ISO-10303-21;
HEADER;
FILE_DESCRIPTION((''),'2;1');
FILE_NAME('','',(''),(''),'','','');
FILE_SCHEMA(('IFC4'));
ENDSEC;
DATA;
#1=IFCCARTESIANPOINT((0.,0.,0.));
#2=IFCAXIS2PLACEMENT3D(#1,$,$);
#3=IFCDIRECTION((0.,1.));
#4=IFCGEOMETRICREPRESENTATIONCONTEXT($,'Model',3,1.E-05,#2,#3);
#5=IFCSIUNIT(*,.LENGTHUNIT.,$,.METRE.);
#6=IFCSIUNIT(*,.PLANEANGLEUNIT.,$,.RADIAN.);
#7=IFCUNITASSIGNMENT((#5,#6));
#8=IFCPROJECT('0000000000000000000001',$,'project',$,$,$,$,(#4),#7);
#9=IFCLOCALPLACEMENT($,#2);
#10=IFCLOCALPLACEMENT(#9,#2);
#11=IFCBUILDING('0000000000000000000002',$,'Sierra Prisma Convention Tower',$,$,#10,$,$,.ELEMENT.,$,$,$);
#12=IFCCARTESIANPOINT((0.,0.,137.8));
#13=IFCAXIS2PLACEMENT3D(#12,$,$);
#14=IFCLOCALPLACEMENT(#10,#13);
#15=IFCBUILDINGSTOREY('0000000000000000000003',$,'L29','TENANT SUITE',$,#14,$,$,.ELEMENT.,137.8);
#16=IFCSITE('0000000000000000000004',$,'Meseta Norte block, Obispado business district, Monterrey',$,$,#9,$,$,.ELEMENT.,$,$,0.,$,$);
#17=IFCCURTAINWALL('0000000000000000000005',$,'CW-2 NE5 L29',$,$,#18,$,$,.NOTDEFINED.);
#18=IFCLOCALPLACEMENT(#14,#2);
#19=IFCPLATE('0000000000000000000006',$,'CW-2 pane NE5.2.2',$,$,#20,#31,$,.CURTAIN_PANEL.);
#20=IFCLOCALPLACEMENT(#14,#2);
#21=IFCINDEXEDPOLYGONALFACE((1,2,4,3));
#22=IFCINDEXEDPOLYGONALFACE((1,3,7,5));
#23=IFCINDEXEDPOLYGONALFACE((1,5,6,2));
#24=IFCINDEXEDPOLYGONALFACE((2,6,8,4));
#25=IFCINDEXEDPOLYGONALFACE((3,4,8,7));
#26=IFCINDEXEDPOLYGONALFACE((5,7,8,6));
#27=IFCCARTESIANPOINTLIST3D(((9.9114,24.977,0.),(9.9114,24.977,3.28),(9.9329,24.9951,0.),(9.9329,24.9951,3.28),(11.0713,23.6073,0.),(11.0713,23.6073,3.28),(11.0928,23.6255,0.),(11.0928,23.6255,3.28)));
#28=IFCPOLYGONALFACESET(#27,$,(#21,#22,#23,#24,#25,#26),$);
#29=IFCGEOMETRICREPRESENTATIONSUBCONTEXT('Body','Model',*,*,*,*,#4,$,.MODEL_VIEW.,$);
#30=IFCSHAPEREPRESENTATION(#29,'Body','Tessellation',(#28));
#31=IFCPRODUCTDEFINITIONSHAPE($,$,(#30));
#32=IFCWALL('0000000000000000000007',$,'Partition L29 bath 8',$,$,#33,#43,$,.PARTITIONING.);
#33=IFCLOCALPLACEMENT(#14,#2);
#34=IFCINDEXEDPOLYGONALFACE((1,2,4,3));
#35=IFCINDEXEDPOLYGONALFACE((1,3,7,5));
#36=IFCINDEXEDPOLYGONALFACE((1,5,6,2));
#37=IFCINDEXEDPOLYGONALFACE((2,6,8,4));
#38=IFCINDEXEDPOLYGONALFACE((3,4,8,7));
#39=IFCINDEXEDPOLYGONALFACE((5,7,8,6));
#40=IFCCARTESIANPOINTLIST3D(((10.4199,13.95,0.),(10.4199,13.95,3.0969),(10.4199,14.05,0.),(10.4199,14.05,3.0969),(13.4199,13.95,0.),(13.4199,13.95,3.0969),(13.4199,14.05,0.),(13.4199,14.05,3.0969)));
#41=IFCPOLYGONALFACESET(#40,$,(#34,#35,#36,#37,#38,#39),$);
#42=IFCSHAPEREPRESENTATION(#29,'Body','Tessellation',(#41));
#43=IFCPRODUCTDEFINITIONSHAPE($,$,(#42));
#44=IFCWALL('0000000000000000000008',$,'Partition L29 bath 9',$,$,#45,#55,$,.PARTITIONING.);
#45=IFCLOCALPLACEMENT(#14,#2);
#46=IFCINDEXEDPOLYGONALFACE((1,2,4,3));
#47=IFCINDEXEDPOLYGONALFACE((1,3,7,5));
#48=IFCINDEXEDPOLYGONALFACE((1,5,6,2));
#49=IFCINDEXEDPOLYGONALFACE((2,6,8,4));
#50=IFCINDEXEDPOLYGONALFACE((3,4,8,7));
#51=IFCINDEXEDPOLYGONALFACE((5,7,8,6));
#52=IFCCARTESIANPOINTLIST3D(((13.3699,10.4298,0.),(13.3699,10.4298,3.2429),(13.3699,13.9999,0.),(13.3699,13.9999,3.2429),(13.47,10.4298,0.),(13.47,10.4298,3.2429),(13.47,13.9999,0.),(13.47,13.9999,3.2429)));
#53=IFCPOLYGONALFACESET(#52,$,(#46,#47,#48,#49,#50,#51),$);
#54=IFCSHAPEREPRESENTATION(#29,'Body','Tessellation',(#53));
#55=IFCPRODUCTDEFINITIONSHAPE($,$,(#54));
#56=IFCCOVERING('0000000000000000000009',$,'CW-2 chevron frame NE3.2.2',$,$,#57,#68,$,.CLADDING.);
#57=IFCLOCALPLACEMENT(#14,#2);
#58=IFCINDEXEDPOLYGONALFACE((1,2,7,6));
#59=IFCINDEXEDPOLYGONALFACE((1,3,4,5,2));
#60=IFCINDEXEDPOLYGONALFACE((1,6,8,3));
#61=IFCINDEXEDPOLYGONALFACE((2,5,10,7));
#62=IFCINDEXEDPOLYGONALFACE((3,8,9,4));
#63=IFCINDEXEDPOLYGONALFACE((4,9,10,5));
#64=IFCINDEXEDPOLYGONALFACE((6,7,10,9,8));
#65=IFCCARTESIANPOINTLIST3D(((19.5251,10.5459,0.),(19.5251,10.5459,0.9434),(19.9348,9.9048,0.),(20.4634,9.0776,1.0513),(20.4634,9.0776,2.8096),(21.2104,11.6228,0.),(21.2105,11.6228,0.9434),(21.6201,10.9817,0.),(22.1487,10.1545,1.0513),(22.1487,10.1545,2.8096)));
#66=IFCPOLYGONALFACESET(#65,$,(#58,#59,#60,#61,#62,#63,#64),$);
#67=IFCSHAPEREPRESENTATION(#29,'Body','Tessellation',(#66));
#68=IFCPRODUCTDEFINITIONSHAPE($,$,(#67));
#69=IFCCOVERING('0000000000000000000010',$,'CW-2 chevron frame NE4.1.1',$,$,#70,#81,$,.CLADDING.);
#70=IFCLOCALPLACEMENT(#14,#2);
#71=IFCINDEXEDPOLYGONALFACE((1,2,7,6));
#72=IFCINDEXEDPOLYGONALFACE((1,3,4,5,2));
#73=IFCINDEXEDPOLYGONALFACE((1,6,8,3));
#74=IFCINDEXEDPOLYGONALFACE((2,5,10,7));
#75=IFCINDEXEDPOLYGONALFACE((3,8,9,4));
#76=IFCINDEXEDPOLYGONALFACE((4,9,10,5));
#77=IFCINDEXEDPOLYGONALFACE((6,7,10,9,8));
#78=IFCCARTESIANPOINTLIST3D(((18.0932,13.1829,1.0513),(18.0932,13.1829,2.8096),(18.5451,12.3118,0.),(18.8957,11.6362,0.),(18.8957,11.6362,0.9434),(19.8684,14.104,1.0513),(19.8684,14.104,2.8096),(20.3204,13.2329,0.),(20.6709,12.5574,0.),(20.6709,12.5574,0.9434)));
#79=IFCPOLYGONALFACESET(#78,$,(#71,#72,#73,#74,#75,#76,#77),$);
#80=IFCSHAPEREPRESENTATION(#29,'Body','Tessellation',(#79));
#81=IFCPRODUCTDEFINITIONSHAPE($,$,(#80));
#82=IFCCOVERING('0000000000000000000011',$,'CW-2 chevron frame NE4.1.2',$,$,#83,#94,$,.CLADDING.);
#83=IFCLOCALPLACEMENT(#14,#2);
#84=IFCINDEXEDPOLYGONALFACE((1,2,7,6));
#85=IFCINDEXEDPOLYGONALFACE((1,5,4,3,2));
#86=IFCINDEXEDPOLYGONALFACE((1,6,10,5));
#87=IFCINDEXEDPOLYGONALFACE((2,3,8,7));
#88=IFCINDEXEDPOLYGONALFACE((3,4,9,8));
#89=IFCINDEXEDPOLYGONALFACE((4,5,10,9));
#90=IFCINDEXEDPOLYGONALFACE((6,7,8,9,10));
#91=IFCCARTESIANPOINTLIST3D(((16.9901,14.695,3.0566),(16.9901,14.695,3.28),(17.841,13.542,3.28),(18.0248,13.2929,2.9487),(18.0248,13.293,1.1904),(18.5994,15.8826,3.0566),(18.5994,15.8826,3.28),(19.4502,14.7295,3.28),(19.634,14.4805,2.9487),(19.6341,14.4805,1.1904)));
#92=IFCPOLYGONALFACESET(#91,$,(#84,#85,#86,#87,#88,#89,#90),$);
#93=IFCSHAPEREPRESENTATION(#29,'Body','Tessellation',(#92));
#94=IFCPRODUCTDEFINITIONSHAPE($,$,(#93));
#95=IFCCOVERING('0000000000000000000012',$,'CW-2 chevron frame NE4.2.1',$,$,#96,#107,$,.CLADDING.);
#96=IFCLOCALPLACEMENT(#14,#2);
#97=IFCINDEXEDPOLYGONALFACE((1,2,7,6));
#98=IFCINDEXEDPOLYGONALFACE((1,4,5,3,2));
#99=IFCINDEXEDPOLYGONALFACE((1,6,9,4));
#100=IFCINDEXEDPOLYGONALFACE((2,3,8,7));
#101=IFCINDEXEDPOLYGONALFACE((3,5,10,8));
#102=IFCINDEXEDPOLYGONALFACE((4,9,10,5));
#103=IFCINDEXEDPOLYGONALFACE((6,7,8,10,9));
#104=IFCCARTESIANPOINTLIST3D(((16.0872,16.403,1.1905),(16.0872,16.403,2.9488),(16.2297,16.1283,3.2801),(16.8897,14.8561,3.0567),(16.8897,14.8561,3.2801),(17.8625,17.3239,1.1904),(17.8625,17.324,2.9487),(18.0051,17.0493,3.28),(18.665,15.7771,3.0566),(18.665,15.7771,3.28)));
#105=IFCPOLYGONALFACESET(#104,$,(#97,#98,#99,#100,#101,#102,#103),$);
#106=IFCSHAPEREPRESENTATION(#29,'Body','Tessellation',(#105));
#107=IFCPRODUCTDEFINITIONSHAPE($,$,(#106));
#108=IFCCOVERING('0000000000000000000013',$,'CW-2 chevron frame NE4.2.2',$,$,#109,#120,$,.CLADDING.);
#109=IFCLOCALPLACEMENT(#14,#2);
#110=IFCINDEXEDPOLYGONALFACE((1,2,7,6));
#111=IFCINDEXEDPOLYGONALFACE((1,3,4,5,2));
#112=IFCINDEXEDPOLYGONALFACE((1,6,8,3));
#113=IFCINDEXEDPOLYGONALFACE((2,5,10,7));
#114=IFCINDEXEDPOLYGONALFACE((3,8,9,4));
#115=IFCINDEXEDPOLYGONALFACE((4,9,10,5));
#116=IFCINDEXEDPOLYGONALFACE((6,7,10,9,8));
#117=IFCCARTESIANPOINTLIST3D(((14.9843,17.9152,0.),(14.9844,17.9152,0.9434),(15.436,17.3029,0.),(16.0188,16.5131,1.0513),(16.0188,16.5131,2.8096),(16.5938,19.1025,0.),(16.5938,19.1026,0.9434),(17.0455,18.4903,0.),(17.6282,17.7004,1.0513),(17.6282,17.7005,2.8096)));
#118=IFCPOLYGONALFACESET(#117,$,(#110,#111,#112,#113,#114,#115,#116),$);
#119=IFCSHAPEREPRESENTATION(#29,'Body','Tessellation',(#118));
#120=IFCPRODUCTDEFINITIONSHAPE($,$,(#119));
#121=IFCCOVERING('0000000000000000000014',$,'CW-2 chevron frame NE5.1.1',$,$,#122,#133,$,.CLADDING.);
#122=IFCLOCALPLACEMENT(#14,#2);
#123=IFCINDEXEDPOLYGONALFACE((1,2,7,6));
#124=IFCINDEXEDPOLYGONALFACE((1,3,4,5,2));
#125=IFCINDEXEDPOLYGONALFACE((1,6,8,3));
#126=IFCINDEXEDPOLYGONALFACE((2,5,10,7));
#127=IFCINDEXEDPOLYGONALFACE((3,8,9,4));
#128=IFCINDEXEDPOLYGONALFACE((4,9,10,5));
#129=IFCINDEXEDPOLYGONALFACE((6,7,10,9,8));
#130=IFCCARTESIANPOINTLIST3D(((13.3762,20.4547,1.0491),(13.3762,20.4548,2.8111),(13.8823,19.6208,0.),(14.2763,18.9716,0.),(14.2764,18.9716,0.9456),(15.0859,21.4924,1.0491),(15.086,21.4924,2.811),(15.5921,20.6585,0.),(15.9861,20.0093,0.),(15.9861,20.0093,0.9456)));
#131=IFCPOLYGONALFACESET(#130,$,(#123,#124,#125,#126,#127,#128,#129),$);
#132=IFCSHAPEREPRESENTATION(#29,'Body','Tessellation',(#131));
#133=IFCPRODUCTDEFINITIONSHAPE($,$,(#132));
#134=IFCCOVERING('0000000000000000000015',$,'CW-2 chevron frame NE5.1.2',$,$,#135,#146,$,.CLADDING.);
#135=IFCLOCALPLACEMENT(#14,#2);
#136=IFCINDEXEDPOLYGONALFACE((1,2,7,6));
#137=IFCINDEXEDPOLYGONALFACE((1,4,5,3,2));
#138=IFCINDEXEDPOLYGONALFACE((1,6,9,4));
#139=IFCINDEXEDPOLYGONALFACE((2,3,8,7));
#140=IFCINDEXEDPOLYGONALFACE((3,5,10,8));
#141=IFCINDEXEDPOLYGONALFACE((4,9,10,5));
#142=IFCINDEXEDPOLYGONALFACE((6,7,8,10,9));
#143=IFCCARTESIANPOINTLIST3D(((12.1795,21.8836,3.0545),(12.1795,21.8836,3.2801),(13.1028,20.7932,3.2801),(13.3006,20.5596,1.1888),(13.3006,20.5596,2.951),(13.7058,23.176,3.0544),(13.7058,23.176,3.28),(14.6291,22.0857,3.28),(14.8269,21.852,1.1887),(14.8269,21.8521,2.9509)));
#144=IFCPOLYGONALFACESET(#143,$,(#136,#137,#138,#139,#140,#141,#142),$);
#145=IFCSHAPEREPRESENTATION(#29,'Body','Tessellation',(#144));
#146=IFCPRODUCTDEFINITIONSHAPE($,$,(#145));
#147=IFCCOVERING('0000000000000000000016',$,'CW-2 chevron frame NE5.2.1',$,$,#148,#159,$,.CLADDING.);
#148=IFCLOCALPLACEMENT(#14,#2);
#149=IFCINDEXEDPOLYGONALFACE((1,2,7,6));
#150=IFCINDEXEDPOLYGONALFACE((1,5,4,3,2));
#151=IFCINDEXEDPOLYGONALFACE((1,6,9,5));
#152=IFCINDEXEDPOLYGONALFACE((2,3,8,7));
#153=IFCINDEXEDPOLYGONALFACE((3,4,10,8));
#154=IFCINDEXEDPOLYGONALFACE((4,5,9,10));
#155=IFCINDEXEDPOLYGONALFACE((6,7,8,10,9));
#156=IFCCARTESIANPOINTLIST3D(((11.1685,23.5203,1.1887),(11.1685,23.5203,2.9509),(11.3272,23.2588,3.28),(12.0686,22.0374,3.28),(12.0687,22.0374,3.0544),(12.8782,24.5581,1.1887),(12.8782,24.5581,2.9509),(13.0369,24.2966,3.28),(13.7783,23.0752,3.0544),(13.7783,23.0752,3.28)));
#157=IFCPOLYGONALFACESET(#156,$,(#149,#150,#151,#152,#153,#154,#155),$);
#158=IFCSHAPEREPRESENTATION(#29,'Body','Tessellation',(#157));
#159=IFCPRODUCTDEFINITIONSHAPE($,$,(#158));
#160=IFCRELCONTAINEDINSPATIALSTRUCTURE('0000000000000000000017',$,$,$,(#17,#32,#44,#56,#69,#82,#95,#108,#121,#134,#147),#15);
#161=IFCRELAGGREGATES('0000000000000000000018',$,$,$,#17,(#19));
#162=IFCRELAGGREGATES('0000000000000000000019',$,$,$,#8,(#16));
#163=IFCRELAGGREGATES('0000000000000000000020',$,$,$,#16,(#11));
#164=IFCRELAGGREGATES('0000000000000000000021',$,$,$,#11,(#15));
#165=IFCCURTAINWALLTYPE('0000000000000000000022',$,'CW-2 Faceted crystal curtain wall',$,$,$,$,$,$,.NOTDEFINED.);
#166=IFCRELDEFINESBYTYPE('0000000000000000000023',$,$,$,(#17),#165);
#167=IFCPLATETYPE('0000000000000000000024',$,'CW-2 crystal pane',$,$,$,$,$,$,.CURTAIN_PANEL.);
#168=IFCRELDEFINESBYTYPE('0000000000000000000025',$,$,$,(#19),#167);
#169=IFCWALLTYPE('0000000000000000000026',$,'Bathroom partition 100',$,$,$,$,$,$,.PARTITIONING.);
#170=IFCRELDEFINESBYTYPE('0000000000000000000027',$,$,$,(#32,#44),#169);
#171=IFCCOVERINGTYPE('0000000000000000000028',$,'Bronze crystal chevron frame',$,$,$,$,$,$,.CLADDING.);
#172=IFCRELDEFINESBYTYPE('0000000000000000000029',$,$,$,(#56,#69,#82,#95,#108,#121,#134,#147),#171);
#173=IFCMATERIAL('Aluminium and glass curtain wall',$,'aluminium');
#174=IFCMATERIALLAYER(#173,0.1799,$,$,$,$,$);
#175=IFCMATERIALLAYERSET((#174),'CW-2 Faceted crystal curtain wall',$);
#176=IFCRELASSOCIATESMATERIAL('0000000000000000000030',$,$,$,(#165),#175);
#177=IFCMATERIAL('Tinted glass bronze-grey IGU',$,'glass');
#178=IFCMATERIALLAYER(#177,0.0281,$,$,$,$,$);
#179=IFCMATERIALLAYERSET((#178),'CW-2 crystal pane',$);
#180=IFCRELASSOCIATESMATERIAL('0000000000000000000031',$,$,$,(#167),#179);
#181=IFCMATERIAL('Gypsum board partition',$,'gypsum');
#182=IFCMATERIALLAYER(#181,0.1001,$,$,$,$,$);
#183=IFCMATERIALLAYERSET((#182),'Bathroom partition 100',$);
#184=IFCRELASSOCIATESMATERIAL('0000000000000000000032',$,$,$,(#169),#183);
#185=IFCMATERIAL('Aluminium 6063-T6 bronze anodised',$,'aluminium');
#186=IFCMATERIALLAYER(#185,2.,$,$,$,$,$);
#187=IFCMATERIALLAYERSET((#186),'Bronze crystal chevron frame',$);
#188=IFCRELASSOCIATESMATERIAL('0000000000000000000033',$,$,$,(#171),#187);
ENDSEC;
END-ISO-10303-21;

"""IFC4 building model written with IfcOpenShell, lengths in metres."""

from ifc_helpers import new_model, si_unit, direction, frame, frame_2d, origin, place, context, subcontext, project, spatial, polyline, rectangle, outline, extrude, material, layer, layer_set, type_object, element, aggregate, save


model = new_model("IFC4")

# Units and contexts
model_context = context("Model", 3, precision=1e-05, world=origin(), true_north=direction((0.0, 1.0)))
body_context = subcontext(model_context, "Body", "Model", "MODEL_VIEW")
ifc_project = project(units=[si_unit("LENGTHUNIT", "METRE"), si_unit("PLANEANGLEUNIT", "RADIAN")], contexts=[model_context])

# Site, building, storey
site_placement = place(None, origin())
site = spatial("IfcSite", under=ifc_project, at=site_placement, Name="Meseta Norte block, Obispado business district, Monterrey", CompositionType="ELEMENT", RefElevation=0.0)
building_placement = place(site_placement, origin())
building = spatial("IfcBuilding", under=site, at=building_placement, Name="Sierra Prisma Convention Tower", CompositionType="ELEMENT")
storey_placement = place(building_placement, frame((0.0, 0.0, 137.8)))
storey = spatial("IfcBuildingStorey", under=building, at=storey_placement, Name="L29", Description="TENANT SUITE", CompositionType="ELEMENT", Elevation=137.8)

# Curtain wall
ifc_material_1 = material(Name="Aluminium and glass curtain wall", Category="aluminium")
ifc_layer_1 = layer(ifc_material_1, 0.1799)
ifc_layer_set_1 = layer_set([ifc_layer_1], Name="CW-2 Faceted crystal curtain wall")
curtain_wall_type = type_object("IfcCurtainWallType", Name="CW-2 Faceted crystal curtain wall", PredefinedType="NOTDEFINED", material=ifc_layer_set_1)
curtain_wall_1_placement = place(storey_placement, origin())
curtain_wall_1 = element("IfcCurtainWall", 1, at=curtain_wall_1_placement, inside=storey, type_object=curtain_wall_type, Name="CW-2 NE5 L29", PredefinedType="NOTDEFINED")

# Plate
ifc_material_2 = material(Name="Tinted glass bronze-grey IGU", Category="glass")
ifc_layer_2 = layer(ifc_material_2, 0.0281)
ifc_layer_set_2 = layer_set([ifc_layer_2], Name="CW-2 crystal pane")
plate_type = type_object("IfcPlateType", Name="CW-2 crystal pane", PredefinedType="CURTAIN_PANEL", material=ifc_layer_set_2)
plate_1_placement = place(storey_placement, frame((9.9329, 24.9951, 0.0), z_axis=(0.763113, 0.646265, 0.0), x_axis=(0.646265, -0.763113, 0.0)))
plate_1 = element("IfcPlate", 2, at=plate_1_placement, type_object=plate_type, Name="CW-2 pane NE5.2.2", PredefinedType="CURTAIN_PANEL", context=body_context, shape_type="SweptSolid", body=[
    extrude(outline(polyline([(0.0, 0.0), (1.7948, 0.0), (1.7948, -3.28), (0.0, -3.28), (0.0, 0.0)])), origin(), (0.0, 0.0, -1.0), 0.0281),
])
aggregate(curtain_wall_1, [plate_1])

# Walls
ifc_material_3 = material(Name="Gypsum board partition", Category="gypsum")
ifc_layer_3 = layer(ifc_material_3, 0.1001)
ifc_layer_set_3 = layer_set([ifc_layer_3], Name="Bathroom partition 100")
wall_type = type_object("IfcWallType", Name="Bathroom partition 100", PredefinedType="PARTITIONING", material=ifc_layer_set_3)
wall_1_placement = place(storey_placement, frame((10.4199, 14.0, 0.0), z_axis=(0.0, 0.0, 1.0), x_axis=(1.0, 0.0, 0.0)))
element("IfcWall", 3, at=wall_1_placement, inside=storey, type_object=wall_type, Name="Partition L29 bath 8", PredefinedType="PARTITIONING", context=body_context, shape_type="SweptSolid", body=[
    extrude(rectangle(XDim=3.0, YDim=0.1001, at=frame_2d((1.5, 0.0))), origin(), (0.0, 0.0, 1.0), 3.0969),
])
wall_2_placement = place(storey_placement, frame((13.4199, 14.0, 0.0), z_axis=(0.0, 0.0, 1.0), x_axis=(0.0, -1.0, 0.0)))
element("IfcWall", 4, at=wall_2_placement, inside=storey, type_object=wall_type, Name="Partition L29 bath 9", PredefinedType="PARTITIONING", context=body_context, shape_type="SweptSolid", body=[
    extrude(rectangle(XDim=3.5701, YDim=0.1001, at=frame_2d((1.7852, 0.0))), origin(), (0.0, 0.0, 1.0), 3.2429),
])

# Coverings
ifc_material_4 = material(Name="Aluminium 6063-T6 bronze anodised", Category="aluminium")
ifc_layer_4 = layer(ifc_material_4, 2.0)
ifc_layer_set_4 = layer_set([ifc_layer_4], Name="Bronze crystal chevron frame")
covering_type = type_object("IfcCoveringType", Name="Bronze crystal chevron frame", PredefinedType="CLADDING", material=ifc_layer_set_4)
covering_1_placement = place(storey_placement, frame((21.2104, 11.6228, 0.0), z_axis=(0.842651, 0.53846, -0.000002), x_axis=(0.000002, 0.000001, 1.0)))
element("IfcCovering", 5, at=covering_1_placement, inside=storey, type_object=covering_type, Name="CW-2 chevron frame NE3.2.2", PredefinedType="CLADDING", context=body_context, shape_type="SweptSolid", body=[
    extrude(outline(polyline([(0.0, 0.0), (0.9434, 0.0), (2.8096, 1.7424), (1.0513, 1.7424), (0.0, 0.7608), (0.0, 0.0)])), origin(), (0.0, 0.0, -1.0), 2.0),
])
covering_2_placement = place(storey_placement, frame((20.6709, 12.5574, 0.0), z_axis=(0.887624, 0.46057, -0.000021), x_axis=(-0.46057, 0.887624, 0.0)))
element("IfcCovering", 6, at=covering_2_placement, inside=storey, type_object=covering_type, Name="CW-2 chevron frame NE4.1.1", PredefinedType="CLADDING", context=body_context, shape_type="SweptSolid", body=[
    extrude(outline(polyline([(0.0, 0.0), (0.7611, 0.0), (1.7424, 1.0513), (1.7424, 2.8096), (0.0, 0.9434), (0.0, 0.0)])), origin(), (0.0, 0.0, -1.0), 2.0),
])
covering_3_placement = place(storey_placement, frame((19.634, 14.4805, 2.9487), z_axis=(0.804636, 0.593768, 0.000026), x_axis=(0.000021, 0.000015, -1.0)))
element("IfcCovering", 7, at=covering_3_placement, inside=storey, type_object=covering_type, Name="CW-2 chevron frame NE4.1.2", PredefinedType="CLADDING", context=body_context, shape_type="SweptSolid", body=[
    extrude(outline(polyline([(0.0, 0.0), (1.7583, 0.0), (-0.1079, 1.7425), (-0.3313, 1.7425), (-0.3313, 0.3095), (0.0, 0.0)])), origin(), (0.0, 0.0, -1.0), 2.0),
])
covering_4_placement = place(storey_placement, frame((18.665, 15.7771, 3.28), z_axis=(0.887662, 0.460495, -0.000036), x_axis=(-0.000032, -0.000016, -1.0)))
element("IfcCovering", 8, at=covering_4_placement, inside=storey, type_object=covering_type, Name="CW-2 chevron frame NE4.2.1", PredefinedType="CLADDING", context=body_context, shape_type="SweptSolid", body=[
    extrude(outline(polyline([(0.0, 0.0), (0.2234, 0.0), (2.0896, 1.7426), (0.3313, 1.7426), (0.0, 1.4332), (0.0, 0.0)])), origin(), (0.0, 0.0, -1.0), 2.0),
])
covering_5_placement = place(storey_placement, frame((16.5938, 19.1025, 0.0), z_axis=(0.804707, 0.593672, -0.00002), x_axis=(0.000016, 0.000012, 1.0)))
element("IfcCovering", 9, at=covering_5_placement, inside=storey, type_object=covering_type, Name="CW-2 chevron frame NE4.2.2", PredefinedType="CLADDING", context=body_context, shape_type="SweptSolid", body=[
    extrude(outline(polyline([(0.0, 0.0), (0.9434, 0.0), (2.8096, 1.7424), (1.0513, 1.7424), (0.0, 0.7609), (0.0, 0.0)])), origin(), (0.0, 0.0, -1.0), 2.0),
])
covering_6_placement = place(storey_placement, frame((15.9861, 20.0093, 0.0), z_axis=(0.85487, 0.518842, -0.000014), x_axis=(-0.518842, 0.85487, 0.0)))
element("IfcCovering", 10, at=covering_6_placement, inside=storey, type_object=covering_type, Name="CW-2 chevron frame NE5.1.1", PredefinedType="CLADDING", context=body_context, shape_type="SweptSolid", body=[
    extrude(outline(polyline([(0.0, 0.0), (0.7594, 0.0), (1.7349, 1.0491), (1.7349, 2.811), (0.0, 0.9456), (0.0, 0.0)])), origin(), (0.0, 0.0, -1.0), 2.0),
])
covering_7_placement = place(storey_placement, frame((14.8269, 21.8521, 2.9509), z_axis=(0.763153, 0.646218, -0.000029), x_axis=(-0.000022, -0.000019, -1.0)))
element("IfcCovering", 11, at=covering_7_placement, inside=storey, type_object=covering_type, Name="CW-2 chevron frame NE5.1.2", PredefinedType="CLADDING", context=body_context, shape_type="SweptSolid", body=[
    extrude(outline(polyline([(0.0, 0.0), (1.7622, 0.0), (-0.1035, 1.7349), (-0.3291, 1.7349), (-0.3291, 0.3061), (0.0, 0.0)])), origin(), (0.0, 0.0, -1.0), 2.0),
])
covering_8_placement = place(storey_placement, frame((13.7783, 23.0752, 3.28), z_axis=(0.854836, 0.518899, 0.00001), x_axis=(0.000009, 0.000005, -1.0)))
element("IfcCovering", 12, at=covering_8_placement, inside=storey, type_object=covering_type, Name="CW-2 chevron frame NE5.2.1", PredefinedType="CLADDING", context=body_context, shape_type="SweptSolid", body=[
    extrude(outline(polyline([(0.0, 0.0), (0.2256, 0.0), (2.0913, 1.7347), (0.3291, 1.7347), (0.0, 1.4289), (0.0, 0.0)])), origin(), (0.0, 0.0, -1.0), 2.0),
])

save(model, "model.ifc")
